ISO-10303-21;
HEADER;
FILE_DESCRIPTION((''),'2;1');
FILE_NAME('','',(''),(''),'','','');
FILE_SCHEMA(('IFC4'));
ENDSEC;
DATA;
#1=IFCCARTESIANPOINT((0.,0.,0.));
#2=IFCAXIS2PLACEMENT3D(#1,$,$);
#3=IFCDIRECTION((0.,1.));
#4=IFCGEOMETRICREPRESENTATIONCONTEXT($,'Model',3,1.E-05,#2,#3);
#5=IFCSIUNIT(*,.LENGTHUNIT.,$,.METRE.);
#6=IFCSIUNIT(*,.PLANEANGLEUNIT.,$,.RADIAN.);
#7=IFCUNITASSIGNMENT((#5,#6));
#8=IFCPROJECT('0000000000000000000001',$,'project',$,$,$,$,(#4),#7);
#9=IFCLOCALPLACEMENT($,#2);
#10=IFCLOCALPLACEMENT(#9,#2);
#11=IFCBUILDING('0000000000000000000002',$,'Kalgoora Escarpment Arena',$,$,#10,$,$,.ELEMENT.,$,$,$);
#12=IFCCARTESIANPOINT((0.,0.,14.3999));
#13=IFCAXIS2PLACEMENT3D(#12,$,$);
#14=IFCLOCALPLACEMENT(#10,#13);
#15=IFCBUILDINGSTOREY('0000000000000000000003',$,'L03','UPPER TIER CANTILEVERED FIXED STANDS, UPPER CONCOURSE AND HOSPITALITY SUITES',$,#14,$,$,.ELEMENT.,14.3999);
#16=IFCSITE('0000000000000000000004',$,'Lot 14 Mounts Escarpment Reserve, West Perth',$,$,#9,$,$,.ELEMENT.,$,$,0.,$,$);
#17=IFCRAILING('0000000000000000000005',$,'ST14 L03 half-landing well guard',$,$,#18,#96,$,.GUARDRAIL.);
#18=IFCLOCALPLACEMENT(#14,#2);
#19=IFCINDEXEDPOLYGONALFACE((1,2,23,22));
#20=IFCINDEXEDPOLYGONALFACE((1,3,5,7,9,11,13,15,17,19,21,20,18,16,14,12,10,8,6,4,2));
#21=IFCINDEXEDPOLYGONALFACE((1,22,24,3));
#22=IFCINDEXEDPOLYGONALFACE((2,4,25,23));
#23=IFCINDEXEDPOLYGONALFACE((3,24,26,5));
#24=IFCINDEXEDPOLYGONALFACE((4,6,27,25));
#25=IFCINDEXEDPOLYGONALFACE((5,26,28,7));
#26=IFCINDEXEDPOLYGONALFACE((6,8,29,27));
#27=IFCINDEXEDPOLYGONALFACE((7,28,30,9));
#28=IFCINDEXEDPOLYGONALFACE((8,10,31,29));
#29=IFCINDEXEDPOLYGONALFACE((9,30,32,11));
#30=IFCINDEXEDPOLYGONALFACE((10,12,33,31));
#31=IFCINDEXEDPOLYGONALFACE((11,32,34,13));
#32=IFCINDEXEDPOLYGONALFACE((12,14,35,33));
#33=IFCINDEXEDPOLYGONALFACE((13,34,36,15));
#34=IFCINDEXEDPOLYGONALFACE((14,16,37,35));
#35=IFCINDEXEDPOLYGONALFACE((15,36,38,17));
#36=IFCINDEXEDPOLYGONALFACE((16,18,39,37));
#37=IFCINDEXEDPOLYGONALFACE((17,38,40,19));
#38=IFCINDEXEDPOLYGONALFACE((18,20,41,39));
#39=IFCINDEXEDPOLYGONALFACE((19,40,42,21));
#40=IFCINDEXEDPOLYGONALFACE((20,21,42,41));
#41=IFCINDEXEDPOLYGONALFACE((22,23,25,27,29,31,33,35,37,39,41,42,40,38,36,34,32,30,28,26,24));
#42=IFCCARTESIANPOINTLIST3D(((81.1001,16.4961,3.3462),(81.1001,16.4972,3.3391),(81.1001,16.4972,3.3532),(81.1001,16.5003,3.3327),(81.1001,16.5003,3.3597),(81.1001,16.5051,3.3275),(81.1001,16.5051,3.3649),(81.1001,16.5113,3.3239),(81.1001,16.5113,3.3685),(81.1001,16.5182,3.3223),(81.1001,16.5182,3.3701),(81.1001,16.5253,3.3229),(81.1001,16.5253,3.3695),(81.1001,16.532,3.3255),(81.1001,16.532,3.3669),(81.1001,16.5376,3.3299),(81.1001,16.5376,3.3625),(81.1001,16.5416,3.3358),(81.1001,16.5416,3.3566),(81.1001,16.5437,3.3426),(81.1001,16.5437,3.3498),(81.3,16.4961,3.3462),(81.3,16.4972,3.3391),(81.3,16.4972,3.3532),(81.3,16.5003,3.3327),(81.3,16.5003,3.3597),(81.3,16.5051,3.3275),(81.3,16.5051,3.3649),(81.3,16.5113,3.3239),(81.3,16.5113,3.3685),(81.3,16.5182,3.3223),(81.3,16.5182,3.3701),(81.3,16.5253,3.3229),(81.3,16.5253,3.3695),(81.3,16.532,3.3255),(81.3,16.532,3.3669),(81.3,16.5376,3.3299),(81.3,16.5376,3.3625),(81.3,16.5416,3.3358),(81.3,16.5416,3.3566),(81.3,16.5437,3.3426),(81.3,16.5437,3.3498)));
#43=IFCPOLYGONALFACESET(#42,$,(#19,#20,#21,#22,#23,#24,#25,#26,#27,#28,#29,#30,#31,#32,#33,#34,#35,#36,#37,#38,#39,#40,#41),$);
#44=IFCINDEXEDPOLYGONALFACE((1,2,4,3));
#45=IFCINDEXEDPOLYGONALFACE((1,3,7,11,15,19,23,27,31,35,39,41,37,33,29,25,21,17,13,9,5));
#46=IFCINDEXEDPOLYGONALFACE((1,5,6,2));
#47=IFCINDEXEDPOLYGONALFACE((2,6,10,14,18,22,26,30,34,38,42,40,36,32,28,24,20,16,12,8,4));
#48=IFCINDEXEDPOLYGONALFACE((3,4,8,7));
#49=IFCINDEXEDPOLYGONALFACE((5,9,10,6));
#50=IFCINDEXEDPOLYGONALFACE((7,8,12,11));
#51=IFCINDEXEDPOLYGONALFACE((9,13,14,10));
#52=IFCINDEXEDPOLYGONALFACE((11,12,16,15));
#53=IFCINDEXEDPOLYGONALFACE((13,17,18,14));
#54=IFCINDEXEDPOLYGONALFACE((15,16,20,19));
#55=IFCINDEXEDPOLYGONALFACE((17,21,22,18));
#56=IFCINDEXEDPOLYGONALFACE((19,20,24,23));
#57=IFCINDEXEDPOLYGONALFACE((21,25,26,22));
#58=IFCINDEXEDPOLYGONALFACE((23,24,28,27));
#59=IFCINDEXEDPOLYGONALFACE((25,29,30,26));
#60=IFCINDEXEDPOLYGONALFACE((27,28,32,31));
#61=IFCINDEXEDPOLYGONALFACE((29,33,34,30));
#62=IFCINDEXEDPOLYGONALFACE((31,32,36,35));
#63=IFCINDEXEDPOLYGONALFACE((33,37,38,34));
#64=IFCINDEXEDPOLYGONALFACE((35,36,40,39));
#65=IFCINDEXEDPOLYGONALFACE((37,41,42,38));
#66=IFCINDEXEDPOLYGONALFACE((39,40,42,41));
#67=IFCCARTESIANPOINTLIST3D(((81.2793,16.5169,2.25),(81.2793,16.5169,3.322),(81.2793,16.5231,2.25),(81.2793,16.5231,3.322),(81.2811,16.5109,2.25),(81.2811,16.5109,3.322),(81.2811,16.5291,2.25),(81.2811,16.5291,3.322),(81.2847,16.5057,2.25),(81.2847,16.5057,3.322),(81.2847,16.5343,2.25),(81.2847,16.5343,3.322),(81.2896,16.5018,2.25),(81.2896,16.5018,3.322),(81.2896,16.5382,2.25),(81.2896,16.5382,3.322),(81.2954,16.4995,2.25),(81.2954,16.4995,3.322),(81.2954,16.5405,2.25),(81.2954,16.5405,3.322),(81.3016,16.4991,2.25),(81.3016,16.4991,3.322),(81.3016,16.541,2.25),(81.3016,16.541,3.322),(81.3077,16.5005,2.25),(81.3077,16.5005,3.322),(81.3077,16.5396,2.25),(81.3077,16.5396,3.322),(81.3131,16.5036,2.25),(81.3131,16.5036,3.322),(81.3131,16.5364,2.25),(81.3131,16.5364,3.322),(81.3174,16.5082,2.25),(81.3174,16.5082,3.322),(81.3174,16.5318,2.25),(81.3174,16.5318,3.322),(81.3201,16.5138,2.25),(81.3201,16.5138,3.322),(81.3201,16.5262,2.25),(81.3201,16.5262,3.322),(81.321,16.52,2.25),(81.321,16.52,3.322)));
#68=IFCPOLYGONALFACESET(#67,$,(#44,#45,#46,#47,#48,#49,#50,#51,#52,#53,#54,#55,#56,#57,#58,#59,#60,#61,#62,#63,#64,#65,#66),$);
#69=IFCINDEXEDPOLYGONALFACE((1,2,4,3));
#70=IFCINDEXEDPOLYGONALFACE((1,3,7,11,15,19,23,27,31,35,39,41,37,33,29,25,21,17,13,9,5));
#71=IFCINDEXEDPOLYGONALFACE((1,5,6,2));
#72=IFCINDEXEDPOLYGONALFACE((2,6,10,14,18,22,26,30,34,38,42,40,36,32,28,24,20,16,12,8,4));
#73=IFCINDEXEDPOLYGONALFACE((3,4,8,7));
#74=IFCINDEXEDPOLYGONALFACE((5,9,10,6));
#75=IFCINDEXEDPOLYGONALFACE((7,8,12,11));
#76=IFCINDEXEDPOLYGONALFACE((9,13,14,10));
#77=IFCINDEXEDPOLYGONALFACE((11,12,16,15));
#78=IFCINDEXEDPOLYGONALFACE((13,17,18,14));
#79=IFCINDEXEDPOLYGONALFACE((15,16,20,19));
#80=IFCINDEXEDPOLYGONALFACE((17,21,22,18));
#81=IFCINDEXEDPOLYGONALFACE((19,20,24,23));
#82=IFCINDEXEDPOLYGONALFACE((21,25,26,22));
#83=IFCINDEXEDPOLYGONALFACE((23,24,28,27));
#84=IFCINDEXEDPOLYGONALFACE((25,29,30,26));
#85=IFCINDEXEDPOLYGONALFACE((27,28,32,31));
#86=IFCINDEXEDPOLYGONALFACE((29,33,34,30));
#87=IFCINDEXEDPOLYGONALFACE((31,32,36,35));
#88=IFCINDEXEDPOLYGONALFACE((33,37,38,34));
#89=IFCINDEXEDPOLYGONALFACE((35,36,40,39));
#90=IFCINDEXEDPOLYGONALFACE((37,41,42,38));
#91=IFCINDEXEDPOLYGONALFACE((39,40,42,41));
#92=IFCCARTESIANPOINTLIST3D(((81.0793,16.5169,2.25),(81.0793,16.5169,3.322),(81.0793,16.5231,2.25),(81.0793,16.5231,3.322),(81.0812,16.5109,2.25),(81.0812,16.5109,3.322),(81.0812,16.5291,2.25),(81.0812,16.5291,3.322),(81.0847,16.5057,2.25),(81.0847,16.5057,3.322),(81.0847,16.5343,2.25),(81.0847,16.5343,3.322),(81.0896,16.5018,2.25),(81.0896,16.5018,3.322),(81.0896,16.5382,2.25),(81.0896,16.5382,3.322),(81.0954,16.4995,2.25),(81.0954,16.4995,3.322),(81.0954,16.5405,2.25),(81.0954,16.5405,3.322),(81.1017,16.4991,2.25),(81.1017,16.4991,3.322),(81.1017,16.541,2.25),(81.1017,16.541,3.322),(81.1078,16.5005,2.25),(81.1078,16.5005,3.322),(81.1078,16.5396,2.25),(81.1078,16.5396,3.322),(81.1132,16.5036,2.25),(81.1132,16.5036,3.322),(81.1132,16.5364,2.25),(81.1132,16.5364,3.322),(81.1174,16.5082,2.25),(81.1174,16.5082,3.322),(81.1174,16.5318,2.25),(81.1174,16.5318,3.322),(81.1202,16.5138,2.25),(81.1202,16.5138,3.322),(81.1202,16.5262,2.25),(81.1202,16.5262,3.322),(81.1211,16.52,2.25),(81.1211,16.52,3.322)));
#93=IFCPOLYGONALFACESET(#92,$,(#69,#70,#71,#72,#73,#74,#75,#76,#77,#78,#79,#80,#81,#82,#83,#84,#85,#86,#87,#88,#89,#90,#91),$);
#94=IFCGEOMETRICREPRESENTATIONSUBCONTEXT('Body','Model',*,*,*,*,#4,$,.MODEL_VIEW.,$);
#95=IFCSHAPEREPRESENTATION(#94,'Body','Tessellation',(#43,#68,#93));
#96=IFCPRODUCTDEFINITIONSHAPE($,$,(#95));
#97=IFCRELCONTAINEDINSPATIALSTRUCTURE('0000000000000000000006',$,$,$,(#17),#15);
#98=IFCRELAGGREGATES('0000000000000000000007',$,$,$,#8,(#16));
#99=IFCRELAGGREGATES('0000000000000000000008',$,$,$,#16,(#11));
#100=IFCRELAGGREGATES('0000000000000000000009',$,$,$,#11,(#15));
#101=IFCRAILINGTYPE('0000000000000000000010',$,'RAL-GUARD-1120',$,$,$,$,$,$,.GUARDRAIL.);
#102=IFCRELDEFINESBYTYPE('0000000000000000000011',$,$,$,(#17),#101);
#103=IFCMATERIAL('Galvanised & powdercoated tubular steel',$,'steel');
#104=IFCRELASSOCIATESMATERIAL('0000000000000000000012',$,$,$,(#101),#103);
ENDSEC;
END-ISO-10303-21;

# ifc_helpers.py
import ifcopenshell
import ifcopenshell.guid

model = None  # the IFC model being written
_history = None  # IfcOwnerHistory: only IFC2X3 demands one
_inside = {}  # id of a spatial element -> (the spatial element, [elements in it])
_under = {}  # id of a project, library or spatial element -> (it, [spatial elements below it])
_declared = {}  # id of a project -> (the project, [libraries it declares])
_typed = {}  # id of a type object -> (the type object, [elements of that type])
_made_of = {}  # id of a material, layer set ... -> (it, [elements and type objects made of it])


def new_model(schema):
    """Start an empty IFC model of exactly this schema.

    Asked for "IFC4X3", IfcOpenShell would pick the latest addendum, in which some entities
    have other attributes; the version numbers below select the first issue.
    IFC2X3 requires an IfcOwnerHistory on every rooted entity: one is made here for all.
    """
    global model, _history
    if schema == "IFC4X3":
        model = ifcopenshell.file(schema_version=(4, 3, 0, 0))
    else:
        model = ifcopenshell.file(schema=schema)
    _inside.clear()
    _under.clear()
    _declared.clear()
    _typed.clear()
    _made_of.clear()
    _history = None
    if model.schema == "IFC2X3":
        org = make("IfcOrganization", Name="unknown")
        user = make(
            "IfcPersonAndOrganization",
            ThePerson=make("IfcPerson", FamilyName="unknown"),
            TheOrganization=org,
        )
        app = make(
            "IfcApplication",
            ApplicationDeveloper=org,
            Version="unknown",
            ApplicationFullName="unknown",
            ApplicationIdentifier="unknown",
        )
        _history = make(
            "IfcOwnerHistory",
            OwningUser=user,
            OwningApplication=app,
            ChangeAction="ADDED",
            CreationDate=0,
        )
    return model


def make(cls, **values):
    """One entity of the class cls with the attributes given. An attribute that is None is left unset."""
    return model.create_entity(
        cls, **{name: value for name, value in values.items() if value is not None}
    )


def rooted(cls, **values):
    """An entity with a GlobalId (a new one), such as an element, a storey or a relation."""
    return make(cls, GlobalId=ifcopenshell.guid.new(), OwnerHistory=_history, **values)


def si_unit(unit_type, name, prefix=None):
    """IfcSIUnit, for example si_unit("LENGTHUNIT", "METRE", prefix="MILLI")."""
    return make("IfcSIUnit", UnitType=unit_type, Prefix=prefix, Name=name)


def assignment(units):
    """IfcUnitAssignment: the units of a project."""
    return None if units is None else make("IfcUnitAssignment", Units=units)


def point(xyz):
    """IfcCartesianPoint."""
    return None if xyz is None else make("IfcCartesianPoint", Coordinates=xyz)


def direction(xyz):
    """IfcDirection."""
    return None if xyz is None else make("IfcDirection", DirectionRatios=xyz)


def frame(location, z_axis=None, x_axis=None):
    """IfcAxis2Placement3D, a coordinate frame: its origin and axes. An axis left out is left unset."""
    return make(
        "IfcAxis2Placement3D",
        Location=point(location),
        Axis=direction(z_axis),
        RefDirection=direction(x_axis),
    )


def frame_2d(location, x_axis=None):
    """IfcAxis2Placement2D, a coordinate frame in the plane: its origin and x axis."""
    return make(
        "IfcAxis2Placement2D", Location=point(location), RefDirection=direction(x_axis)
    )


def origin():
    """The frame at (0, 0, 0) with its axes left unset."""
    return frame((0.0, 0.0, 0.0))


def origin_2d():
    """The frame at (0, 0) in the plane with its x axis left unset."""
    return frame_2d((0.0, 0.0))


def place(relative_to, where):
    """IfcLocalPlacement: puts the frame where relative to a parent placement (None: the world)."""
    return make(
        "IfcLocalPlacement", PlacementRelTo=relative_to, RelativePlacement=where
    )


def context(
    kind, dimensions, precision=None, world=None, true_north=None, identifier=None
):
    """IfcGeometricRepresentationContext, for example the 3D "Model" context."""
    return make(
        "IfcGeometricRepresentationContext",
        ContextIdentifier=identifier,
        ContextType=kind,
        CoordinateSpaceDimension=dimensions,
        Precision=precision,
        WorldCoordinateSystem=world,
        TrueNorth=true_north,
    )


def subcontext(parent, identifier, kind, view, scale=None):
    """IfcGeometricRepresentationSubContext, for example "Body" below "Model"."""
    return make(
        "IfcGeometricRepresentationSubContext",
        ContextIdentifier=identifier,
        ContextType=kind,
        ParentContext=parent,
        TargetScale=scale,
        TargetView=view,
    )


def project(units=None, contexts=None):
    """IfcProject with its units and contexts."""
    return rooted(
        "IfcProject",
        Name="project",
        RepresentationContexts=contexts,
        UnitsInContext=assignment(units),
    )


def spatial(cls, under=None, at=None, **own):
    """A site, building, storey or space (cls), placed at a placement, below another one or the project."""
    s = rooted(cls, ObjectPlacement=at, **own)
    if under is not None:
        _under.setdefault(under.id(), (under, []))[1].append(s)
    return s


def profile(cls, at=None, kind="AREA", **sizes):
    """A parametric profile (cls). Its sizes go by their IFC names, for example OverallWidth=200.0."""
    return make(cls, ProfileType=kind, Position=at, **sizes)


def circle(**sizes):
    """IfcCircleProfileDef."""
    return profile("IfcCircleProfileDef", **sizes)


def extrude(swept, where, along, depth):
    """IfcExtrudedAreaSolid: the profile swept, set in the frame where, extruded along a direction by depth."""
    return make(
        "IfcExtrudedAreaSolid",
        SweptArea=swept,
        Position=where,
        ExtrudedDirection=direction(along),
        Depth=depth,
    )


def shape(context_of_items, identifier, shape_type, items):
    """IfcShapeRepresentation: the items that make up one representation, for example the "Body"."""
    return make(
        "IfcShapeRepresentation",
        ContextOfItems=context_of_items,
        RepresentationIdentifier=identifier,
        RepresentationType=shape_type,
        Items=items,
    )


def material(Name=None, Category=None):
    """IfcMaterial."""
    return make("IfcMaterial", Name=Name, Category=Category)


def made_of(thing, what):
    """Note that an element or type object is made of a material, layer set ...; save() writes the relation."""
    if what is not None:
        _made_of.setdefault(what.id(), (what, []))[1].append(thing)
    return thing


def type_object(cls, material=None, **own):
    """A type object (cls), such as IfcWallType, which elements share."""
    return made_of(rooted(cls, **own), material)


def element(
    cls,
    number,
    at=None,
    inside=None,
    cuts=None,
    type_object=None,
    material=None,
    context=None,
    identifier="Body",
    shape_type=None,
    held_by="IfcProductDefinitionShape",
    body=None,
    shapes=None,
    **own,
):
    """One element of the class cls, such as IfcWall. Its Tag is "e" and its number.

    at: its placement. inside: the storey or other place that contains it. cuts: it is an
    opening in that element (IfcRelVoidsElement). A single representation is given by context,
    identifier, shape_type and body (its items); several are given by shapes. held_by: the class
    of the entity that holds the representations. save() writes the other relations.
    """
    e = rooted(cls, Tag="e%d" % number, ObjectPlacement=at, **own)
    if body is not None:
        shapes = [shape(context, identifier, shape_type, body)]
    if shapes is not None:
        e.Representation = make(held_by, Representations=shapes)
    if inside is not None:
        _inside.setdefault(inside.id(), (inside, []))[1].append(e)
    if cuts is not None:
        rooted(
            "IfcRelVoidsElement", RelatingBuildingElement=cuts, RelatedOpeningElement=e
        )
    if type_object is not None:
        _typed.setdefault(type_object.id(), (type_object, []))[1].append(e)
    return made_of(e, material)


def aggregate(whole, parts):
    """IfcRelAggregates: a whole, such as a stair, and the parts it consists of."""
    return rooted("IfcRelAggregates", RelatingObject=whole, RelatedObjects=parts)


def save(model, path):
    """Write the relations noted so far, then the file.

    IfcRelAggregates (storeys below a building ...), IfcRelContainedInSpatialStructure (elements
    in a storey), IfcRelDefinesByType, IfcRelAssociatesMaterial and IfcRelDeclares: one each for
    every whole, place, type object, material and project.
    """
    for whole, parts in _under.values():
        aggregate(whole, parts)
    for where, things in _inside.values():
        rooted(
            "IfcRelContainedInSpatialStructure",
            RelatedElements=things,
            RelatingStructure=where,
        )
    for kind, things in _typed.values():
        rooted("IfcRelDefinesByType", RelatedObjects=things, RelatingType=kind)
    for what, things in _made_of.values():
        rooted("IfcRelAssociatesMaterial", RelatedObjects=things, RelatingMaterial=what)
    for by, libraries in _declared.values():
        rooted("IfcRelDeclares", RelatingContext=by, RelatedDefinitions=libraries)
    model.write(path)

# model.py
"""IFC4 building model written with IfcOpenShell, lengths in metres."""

from ifc_helpers import new_model, si_unit, direction, frame, origin, origin_2d, place, context, subcontext, project, spatial, circle, extrude, material, type_object, element, save


model = new_model("IFC4")

# Units and contexts
model_context = context("Model", 3, precision=1e-05, world=origin(), true_north=direction((0.0, 1.0)))
body_context = subcontext(model_context, "Body", "Model", "MODEL_VIEW")
ifc_project = project(units=[si_unit("LENGTHUNIT", "METRE"), si_unit("PLANEANGLEUNIT", "RADIAN")], contexts=[model_context])

# Site, building, storey
site_placement = place(None, origin())
site = spatial("IfcSite", under=ifc_project, at=site_placement, Name="Lot 14 Mounts Escarpment Reserve, West Perth", CompositionType="ELEMENT", RefElevation=0.0)
building_placement = place(site_placement, origin())
building = spatial("IfcBuilding", under=site, at=building_placement, Name="Kalgoora Escarpment Arena", CompositionType="ELEMENT")
storey_placement = place(building_placement, frame((0.0, 0.0, 14.3999)))
storey = spatial("IfcBuildingStorey", under=building, at=storey_placement, Name="L03", Description="UPPER TIER CANTILEVERED FIXED STANDS, UPPER CONCOURSE AND HOSPITALITY SUITES", CompositionType="ELEMENT", Elevation=14.3999)

# Railing
ifc_material_1 = material(Name="Galvanised & powdercoated tubular steel", Category="steel")
railing_type_1 = type_object("IfcRailingType", Name="RAL-GUARD-1120", PredefinedType="GUARDRAIL", material=ifc_material_1)
railing_1_placement = place(storey_placement, frame((81.3, 16.52, 2.25)))
element("IfcRailing", 1, at=railing_1_placement, inside=storey, type_object=railing_type_1, Name="ST14 L03 half-landing well guard", PredefinedType="GUARDRAIL", context=body_context, shape_type="SweptSolid", body=[
    extrude(circle(Radius=0.0239, at=origin_2d()), frame((0.0, 0.0, 1.0962), z_axis=(-1.0, 0.0, 0.0), x_axis=(0.0, -1.0, 0.0)), (0.0, 0.0, 1.0), 0.2),
    extrude(circle(Radius=0.021, at=origin_2d()), origin(), (0.0, 0.0, 1.0), 1.072),
    extrude(circle(Radius=0.021, at=origin_2d()), frame((-0.2, 0.0, 0.0)), (0.0, 0.0, 1.0), 1.072),
])

save(model, "model.ifc")
